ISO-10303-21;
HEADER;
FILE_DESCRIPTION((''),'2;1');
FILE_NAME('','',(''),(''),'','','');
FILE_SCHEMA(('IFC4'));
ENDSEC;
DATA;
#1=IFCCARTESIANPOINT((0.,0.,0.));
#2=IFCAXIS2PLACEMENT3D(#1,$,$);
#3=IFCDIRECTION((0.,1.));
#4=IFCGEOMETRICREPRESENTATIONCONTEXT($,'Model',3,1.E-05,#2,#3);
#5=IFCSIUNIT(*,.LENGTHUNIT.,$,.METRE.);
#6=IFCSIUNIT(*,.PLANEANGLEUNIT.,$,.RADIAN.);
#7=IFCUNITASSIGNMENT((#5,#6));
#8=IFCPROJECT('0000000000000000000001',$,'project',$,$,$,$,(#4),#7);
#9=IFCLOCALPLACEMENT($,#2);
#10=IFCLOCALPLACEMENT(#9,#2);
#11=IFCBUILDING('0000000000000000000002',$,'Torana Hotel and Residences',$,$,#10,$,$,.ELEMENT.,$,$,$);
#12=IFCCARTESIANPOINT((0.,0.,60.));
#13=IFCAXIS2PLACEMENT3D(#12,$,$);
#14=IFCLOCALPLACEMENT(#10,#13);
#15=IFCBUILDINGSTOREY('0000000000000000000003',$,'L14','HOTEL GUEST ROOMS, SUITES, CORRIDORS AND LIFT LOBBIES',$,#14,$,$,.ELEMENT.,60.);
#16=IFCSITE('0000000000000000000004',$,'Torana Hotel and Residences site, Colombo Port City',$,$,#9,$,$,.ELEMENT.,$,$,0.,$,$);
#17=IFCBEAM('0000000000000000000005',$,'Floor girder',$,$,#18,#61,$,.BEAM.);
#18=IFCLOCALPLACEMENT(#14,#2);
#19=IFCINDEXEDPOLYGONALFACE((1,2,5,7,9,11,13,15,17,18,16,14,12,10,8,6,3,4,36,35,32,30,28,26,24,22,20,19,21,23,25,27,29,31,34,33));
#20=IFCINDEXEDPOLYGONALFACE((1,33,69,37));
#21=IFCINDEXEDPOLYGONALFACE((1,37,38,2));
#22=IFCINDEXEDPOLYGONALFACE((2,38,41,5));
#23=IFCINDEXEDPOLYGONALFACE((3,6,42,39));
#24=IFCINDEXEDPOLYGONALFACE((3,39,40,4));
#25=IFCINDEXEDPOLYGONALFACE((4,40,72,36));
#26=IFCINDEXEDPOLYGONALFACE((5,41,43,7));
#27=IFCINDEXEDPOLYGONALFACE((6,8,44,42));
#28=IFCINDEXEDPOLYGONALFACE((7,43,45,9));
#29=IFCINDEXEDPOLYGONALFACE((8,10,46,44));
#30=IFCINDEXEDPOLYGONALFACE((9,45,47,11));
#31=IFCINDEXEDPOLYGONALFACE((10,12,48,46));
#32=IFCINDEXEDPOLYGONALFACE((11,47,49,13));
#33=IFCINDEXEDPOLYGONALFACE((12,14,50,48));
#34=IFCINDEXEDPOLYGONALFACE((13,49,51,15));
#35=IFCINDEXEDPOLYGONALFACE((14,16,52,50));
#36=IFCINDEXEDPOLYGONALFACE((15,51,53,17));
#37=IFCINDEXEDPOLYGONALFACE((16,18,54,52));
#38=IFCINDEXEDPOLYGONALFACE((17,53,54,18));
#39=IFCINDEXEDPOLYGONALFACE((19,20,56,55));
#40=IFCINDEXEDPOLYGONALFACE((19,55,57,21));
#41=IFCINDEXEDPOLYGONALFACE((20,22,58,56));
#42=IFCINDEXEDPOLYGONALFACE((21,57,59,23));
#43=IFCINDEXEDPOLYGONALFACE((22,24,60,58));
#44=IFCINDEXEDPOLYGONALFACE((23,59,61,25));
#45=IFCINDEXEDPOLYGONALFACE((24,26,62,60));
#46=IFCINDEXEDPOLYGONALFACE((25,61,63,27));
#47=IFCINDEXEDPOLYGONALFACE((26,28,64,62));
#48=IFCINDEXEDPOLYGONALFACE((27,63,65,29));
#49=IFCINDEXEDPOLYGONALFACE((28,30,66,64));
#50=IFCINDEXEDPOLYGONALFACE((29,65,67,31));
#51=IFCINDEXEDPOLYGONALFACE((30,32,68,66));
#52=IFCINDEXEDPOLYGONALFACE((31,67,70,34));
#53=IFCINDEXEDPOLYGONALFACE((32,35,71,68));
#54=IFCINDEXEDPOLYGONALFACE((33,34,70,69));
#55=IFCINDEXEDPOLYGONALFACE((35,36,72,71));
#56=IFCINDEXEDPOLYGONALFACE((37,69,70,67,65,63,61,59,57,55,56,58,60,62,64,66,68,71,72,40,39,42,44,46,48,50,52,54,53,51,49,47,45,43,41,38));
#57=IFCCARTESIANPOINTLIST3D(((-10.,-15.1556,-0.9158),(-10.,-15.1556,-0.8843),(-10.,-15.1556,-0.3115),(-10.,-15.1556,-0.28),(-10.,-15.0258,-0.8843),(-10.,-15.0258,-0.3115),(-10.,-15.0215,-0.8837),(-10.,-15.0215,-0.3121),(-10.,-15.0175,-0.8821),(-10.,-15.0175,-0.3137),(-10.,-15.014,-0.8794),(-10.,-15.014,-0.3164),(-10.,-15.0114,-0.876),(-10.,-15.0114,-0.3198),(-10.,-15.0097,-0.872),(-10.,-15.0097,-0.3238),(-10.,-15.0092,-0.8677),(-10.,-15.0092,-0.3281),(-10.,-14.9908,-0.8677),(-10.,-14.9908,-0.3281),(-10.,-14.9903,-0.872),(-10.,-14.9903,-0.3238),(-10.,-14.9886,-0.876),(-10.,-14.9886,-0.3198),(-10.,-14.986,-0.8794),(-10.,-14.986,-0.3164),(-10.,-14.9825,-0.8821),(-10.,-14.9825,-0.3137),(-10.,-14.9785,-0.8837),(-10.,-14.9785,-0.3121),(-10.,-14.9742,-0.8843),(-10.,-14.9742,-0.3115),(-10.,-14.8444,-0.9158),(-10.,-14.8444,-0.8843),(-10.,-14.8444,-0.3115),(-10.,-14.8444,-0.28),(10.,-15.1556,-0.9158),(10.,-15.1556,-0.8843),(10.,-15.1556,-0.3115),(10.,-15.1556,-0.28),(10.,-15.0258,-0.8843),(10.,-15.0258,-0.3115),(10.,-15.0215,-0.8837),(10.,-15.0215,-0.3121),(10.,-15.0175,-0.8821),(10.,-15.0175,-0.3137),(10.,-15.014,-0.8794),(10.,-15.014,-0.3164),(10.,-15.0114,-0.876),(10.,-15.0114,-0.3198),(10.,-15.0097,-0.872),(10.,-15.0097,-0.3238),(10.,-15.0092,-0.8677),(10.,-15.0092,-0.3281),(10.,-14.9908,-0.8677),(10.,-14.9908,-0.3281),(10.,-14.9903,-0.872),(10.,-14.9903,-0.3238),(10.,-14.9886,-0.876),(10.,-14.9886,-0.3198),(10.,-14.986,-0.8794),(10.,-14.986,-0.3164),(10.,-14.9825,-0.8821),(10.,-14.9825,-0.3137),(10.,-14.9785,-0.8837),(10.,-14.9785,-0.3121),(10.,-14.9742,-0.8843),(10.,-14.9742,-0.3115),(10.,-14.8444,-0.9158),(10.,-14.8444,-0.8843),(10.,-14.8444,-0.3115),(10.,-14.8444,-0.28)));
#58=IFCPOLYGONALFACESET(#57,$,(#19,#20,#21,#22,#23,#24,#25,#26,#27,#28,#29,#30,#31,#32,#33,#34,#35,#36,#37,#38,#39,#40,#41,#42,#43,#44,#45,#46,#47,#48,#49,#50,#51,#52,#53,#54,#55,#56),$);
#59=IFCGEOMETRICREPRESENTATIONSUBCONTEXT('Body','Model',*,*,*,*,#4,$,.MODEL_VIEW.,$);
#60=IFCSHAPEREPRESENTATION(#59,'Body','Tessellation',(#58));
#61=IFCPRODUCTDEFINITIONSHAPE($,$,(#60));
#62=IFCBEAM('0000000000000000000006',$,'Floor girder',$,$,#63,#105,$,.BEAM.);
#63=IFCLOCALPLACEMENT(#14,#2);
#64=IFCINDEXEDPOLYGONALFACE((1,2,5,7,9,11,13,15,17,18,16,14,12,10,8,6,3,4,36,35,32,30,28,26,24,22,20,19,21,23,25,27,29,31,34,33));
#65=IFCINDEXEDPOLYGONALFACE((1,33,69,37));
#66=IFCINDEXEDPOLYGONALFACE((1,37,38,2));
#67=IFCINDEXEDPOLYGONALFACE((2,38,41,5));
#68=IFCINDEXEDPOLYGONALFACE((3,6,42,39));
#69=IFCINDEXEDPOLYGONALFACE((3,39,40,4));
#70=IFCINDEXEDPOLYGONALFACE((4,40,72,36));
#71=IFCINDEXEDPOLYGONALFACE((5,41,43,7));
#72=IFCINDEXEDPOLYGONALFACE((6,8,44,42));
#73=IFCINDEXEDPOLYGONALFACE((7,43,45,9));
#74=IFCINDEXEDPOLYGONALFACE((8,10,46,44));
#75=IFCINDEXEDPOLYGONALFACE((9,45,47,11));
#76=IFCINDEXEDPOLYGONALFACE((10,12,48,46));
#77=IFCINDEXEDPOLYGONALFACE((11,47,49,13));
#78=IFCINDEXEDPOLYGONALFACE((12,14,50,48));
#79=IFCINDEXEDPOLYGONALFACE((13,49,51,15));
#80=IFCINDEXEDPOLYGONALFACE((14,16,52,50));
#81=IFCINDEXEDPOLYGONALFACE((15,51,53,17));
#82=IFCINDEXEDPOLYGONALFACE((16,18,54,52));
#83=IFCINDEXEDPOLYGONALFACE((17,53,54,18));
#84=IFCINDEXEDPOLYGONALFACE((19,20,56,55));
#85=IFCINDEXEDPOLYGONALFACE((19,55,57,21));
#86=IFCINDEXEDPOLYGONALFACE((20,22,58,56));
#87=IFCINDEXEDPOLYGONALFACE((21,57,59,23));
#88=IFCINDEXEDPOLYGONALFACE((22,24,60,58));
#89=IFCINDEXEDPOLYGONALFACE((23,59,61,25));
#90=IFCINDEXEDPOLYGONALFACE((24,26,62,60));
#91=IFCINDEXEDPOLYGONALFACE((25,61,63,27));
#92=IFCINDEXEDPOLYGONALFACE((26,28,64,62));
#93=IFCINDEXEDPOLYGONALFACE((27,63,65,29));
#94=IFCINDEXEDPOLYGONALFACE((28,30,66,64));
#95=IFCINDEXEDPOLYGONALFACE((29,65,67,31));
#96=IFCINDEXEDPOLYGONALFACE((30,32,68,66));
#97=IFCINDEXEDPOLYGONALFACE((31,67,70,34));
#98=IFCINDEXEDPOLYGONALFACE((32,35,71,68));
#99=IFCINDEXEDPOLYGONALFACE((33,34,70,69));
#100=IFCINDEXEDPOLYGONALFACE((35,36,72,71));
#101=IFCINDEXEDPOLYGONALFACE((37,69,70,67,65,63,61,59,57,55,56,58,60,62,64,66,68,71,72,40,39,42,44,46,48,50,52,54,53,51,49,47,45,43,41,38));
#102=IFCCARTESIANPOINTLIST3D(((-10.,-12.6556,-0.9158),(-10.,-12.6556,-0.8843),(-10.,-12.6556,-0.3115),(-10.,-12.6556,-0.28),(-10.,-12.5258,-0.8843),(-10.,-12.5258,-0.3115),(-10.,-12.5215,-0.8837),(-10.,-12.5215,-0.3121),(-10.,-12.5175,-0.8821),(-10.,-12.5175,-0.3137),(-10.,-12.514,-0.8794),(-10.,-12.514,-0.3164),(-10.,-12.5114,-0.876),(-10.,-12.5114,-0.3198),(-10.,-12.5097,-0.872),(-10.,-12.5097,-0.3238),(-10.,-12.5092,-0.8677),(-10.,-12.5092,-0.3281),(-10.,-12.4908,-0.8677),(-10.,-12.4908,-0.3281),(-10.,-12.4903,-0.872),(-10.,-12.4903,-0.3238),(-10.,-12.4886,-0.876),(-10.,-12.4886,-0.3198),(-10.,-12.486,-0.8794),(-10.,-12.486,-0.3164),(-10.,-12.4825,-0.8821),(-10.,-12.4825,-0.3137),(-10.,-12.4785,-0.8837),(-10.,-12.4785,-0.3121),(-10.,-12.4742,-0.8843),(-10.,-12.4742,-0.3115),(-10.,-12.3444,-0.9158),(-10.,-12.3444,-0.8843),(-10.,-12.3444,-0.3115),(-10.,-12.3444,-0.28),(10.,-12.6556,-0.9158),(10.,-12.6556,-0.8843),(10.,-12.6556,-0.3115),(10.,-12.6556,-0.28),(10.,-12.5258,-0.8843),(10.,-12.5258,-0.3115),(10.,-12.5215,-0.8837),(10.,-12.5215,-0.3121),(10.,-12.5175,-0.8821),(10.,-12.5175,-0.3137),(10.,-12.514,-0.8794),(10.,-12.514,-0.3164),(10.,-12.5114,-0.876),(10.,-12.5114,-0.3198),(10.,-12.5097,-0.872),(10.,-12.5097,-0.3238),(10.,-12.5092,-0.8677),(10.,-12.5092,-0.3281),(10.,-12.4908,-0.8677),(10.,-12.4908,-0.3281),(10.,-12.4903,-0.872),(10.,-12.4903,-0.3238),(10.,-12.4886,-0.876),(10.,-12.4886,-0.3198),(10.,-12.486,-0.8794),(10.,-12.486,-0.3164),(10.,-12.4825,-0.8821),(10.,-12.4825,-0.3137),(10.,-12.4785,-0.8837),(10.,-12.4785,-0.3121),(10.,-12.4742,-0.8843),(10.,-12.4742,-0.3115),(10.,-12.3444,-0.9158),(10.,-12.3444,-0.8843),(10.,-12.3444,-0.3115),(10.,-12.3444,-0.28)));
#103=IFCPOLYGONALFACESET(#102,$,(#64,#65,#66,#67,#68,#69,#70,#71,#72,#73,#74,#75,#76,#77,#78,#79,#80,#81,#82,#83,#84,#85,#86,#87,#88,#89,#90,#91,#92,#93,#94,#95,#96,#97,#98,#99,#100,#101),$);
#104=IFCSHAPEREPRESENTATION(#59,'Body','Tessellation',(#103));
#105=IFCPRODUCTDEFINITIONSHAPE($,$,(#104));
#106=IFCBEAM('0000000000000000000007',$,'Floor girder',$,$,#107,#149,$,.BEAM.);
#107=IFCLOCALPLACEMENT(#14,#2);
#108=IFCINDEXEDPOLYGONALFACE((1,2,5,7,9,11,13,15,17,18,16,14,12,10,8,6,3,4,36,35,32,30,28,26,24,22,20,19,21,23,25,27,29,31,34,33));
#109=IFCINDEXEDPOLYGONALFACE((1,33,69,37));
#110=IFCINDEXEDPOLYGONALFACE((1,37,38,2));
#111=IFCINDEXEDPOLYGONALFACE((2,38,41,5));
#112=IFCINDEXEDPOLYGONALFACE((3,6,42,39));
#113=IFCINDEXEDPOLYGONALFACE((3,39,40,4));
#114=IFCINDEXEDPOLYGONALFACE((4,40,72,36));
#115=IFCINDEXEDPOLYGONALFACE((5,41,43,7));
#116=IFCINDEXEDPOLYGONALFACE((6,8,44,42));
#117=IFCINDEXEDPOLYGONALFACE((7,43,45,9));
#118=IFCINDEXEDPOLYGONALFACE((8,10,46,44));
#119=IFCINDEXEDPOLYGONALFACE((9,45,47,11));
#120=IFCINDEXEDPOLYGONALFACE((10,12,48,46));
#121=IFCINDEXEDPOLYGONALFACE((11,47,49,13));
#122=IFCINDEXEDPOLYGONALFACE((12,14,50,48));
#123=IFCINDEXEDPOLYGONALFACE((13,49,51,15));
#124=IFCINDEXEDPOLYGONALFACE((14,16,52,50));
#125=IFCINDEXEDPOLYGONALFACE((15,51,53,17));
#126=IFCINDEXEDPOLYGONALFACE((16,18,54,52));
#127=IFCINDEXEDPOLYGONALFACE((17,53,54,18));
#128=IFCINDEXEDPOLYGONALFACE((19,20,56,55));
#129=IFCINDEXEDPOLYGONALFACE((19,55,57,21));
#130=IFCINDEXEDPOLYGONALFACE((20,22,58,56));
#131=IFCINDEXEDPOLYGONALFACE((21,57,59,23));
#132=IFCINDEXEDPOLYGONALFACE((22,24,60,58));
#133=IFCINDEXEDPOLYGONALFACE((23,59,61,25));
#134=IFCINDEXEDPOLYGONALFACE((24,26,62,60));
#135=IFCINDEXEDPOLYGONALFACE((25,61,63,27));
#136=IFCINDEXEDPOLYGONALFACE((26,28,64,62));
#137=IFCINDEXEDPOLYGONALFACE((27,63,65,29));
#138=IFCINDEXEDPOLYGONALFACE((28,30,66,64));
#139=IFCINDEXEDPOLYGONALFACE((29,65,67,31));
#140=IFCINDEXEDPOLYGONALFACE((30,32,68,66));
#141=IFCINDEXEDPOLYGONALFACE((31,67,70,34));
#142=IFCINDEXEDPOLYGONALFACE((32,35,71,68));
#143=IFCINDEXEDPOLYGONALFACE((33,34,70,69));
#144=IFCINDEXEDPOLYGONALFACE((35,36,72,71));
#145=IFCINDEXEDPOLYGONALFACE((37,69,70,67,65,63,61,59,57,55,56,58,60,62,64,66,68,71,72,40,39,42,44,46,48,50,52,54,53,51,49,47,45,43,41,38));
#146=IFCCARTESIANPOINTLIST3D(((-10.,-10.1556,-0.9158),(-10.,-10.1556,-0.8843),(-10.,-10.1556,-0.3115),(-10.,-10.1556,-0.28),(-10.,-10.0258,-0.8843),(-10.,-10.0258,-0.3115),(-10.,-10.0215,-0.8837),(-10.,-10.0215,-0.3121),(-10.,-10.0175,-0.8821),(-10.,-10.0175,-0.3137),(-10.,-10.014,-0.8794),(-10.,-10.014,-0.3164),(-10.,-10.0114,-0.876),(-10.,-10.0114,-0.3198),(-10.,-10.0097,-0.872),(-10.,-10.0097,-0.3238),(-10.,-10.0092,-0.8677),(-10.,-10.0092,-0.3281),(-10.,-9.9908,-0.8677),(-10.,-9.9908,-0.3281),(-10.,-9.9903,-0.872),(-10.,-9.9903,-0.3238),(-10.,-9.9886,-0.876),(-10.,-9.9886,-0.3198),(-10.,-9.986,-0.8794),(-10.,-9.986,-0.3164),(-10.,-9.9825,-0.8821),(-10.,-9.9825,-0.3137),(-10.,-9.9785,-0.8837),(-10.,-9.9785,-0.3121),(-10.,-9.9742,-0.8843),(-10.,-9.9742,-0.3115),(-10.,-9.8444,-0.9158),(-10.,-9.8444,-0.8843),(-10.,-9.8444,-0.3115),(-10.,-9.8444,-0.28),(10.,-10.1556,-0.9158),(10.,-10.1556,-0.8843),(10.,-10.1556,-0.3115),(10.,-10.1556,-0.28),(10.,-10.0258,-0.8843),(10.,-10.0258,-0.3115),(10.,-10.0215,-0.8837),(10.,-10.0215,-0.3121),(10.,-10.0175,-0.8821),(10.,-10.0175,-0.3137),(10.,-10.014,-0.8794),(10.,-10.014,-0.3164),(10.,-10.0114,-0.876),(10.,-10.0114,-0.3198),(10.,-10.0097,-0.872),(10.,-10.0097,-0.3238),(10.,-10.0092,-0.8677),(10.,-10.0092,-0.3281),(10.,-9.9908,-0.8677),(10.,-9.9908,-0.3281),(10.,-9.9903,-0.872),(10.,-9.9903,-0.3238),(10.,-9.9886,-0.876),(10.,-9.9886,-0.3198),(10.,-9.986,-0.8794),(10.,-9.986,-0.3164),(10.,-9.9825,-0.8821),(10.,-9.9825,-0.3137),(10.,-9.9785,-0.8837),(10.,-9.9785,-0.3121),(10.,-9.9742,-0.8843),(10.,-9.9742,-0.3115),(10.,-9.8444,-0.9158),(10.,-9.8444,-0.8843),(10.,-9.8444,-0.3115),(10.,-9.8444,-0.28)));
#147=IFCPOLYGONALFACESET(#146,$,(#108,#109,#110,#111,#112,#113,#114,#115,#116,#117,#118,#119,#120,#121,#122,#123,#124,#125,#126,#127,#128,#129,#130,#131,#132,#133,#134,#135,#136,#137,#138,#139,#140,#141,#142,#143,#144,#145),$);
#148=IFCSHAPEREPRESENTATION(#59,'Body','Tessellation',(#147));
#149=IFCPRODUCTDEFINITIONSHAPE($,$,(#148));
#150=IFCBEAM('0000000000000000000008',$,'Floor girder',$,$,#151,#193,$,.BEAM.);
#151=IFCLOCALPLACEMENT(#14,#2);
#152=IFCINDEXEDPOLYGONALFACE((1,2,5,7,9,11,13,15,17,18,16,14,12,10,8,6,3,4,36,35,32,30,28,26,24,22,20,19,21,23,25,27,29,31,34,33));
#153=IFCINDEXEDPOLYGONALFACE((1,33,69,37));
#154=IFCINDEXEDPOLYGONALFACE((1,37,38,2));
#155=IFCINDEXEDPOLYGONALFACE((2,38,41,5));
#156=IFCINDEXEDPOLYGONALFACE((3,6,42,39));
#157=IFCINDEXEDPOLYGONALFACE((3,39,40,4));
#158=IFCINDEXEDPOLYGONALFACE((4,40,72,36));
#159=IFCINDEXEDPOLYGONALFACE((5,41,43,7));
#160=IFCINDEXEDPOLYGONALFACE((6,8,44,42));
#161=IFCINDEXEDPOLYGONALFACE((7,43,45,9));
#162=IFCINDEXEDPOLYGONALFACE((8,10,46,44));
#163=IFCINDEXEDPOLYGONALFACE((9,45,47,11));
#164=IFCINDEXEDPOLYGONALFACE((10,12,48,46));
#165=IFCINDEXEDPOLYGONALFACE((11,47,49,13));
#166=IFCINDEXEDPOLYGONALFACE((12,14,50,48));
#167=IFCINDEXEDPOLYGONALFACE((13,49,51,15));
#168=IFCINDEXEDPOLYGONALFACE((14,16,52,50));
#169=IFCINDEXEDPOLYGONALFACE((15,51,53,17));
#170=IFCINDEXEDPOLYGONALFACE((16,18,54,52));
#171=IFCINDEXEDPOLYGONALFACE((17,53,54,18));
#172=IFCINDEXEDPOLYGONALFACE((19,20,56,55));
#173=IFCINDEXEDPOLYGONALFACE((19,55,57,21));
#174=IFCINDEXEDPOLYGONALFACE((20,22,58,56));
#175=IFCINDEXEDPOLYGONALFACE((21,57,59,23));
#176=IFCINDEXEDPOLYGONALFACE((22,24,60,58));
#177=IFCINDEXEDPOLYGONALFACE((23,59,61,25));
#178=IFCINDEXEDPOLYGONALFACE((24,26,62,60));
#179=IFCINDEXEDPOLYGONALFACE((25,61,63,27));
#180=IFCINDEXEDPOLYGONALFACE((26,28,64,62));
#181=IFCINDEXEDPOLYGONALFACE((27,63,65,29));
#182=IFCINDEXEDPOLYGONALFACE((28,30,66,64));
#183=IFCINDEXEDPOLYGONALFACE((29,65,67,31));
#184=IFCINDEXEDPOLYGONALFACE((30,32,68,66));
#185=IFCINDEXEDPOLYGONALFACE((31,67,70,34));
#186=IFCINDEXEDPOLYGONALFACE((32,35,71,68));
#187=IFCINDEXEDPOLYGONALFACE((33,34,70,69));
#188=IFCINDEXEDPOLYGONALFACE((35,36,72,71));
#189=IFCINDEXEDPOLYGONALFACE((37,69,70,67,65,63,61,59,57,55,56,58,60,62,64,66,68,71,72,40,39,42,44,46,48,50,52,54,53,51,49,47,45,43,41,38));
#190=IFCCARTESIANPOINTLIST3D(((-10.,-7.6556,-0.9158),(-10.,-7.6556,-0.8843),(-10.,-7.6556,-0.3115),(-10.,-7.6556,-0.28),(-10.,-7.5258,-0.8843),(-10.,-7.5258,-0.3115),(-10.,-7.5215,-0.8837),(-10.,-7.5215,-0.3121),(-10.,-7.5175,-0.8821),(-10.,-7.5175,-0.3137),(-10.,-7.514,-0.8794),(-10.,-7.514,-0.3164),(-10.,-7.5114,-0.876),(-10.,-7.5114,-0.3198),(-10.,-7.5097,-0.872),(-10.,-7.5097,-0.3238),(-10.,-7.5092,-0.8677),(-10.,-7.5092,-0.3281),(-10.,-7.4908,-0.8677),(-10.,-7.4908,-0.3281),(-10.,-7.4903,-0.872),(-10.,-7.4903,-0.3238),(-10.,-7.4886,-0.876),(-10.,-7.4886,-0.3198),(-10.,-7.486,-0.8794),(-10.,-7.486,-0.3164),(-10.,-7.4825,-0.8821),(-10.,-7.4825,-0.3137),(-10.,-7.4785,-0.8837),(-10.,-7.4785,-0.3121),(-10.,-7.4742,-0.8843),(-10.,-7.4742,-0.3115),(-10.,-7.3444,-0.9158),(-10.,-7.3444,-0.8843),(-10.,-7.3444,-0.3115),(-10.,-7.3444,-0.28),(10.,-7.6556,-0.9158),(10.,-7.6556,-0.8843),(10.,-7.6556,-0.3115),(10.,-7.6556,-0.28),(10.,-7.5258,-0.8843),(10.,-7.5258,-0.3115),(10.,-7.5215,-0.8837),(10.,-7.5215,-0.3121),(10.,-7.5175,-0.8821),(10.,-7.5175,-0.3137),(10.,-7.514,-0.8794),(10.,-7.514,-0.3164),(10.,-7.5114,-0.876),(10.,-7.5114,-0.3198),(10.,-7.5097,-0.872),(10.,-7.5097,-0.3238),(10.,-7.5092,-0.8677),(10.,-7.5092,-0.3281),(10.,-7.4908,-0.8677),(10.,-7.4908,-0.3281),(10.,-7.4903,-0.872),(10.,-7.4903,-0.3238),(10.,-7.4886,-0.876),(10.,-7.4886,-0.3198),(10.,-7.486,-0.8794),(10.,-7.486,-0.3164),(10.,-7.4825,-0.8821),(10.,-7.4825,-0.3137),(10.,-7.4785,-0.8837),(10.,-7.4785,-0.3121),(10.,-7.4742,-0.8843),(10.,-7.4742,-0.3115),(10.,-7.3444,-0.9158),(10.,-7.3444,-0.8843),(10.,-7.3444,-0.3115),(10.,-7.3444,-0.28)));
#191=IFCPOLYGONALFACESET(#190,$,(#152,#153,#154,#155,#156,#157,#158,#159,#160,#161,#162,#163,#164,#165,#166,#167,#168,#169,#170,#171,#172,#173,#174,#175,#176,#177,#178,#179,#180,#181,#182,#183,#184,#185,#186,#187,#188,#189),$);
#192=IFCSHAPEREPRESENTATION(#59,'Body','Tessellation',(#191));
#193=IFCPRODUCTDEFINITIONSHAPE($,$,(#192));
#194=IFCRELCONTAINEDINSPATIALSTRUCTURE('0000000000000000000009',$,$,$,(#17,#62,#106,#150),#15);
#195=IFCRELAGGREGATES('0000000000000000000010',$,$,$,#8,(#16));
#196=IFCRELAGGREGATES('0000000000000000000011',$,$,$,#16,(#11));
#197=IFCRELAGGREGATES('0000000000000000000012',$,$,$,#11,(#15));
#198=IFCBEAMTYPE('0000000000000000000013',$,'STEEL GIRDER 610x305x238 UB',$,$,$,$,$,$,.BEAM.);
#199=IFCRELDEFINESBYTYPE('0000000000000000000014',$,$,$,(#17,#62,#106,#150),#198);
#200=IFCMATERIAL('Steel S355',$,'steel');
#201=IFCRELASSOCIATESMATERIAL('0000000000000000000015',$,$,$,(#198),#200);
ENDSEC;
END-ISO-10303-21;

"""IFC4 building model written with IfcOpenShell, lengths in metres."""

from ifc_helpers import new_model, si_unit, direction, frame, origin, origin_2d, place, context, subcontext, project, spatial, i_section, extrude, material, material_profile, profile_set, type_object, element, save


model = new_model("IFC4")

# Units and contexts
model_context = context("Model", 3, precision=1e-05, world=origin(), true_north=direction((0.0, 1.0)))
body_context = subcontext(model_context, "Body", "Model", "MODEL_VIEW")
ifc_project = project(units=[si_unit("LENGTHUNIT", "METRE"), si_unit("PLANEANGLEUNIT", "RADIAN")], contexts=[model_context])

# Site, building, storey
site_placement = place(None, origin())
site = spatial("IfcSite", under=ifc_project, at=site_placement, Name="Torana Hotel and Residences site, Colombo Port City", CompositionType="ELEMENT", RefElevation=0.0)
building_placement = place(site_placement, origin())
building = spatial("IfcBuilding", under=site, at=building_placement, Name="Torana Hotel and Residences", CompositionType="ELEMENT")
storey_placement = place(building_placement, frame((0.0, 0.0, 60.0)))
storey = spatial("IfcBuildingStorey", under=building, at=storey_placement, Name="L14", Description="HOTEL GUEST ROOMS, SUITES, CORRIDORS AND LIFT LOBBIES", CompositionType="ELEMENT", Elevation=60.0)

# Beams
ifc_material_1 = material(Name="Steel S355", Category="steel")
ifc_material_profile = material_profile(ifc_material_1, i_section(OverallWidth=0.3113, OverallDepth=0.6357, WebThickness=0.0183, FlangeThickness=0.0315, FilletRadius=0.0166, at=origin_2d()), Name="610x305x238 UB")
ifc_profile_set = profile_set([ifc_material_profile], Name="Steel S355")
beam_type = type_object("IfcBeamType", Name="STEEL GIRDER 610x305x238 UB", PredefinedType="BEAM", material=ifc_profile_set)
for number, where, z_axis, x_axis, name in (
    (1, (-10.0, -15.0, -0.5979), (1.0, 0.0, 0.0), (0.0, 1.0, 0.0), "Floor girder"),
    (2, (-10.0, -12.5, -0.5979), (1.0, 0.0, 0.0), (0.0, 1.0, 0.0), "Floor girder"),
    (3, (-10.0, -10.0, -0.5979), (1.0, 0.0, 0.0), (0.0, 1.0, 0.0), "Floor girder"),
    (4, (-10.0, -7.5, -0.5979), (1.0, 0.0, 0.0), (0.0, 1.0, 0.0), "Floor girder"),
):
    element("IfcBeam", number, at=place(storey_placement, frame(where, z_axis=z_axis, x_axis=x_axis)), inside=storey, type_object=beam_type, Name=name, PredefinedType="BEAM", context=body_context, shape_type="SweptSolid", body=[
        extrude(i_section(OverallWidth=0.3113, OverallDepth=0.6357, WebThickness=0.0183, FlangeThickness=0.0315, FilletRadius=0.0166, at=origin_2d()), origin(), (0.0, 0.0, 1.0), 20.0),
    ])

save(model, "model.ifc")
